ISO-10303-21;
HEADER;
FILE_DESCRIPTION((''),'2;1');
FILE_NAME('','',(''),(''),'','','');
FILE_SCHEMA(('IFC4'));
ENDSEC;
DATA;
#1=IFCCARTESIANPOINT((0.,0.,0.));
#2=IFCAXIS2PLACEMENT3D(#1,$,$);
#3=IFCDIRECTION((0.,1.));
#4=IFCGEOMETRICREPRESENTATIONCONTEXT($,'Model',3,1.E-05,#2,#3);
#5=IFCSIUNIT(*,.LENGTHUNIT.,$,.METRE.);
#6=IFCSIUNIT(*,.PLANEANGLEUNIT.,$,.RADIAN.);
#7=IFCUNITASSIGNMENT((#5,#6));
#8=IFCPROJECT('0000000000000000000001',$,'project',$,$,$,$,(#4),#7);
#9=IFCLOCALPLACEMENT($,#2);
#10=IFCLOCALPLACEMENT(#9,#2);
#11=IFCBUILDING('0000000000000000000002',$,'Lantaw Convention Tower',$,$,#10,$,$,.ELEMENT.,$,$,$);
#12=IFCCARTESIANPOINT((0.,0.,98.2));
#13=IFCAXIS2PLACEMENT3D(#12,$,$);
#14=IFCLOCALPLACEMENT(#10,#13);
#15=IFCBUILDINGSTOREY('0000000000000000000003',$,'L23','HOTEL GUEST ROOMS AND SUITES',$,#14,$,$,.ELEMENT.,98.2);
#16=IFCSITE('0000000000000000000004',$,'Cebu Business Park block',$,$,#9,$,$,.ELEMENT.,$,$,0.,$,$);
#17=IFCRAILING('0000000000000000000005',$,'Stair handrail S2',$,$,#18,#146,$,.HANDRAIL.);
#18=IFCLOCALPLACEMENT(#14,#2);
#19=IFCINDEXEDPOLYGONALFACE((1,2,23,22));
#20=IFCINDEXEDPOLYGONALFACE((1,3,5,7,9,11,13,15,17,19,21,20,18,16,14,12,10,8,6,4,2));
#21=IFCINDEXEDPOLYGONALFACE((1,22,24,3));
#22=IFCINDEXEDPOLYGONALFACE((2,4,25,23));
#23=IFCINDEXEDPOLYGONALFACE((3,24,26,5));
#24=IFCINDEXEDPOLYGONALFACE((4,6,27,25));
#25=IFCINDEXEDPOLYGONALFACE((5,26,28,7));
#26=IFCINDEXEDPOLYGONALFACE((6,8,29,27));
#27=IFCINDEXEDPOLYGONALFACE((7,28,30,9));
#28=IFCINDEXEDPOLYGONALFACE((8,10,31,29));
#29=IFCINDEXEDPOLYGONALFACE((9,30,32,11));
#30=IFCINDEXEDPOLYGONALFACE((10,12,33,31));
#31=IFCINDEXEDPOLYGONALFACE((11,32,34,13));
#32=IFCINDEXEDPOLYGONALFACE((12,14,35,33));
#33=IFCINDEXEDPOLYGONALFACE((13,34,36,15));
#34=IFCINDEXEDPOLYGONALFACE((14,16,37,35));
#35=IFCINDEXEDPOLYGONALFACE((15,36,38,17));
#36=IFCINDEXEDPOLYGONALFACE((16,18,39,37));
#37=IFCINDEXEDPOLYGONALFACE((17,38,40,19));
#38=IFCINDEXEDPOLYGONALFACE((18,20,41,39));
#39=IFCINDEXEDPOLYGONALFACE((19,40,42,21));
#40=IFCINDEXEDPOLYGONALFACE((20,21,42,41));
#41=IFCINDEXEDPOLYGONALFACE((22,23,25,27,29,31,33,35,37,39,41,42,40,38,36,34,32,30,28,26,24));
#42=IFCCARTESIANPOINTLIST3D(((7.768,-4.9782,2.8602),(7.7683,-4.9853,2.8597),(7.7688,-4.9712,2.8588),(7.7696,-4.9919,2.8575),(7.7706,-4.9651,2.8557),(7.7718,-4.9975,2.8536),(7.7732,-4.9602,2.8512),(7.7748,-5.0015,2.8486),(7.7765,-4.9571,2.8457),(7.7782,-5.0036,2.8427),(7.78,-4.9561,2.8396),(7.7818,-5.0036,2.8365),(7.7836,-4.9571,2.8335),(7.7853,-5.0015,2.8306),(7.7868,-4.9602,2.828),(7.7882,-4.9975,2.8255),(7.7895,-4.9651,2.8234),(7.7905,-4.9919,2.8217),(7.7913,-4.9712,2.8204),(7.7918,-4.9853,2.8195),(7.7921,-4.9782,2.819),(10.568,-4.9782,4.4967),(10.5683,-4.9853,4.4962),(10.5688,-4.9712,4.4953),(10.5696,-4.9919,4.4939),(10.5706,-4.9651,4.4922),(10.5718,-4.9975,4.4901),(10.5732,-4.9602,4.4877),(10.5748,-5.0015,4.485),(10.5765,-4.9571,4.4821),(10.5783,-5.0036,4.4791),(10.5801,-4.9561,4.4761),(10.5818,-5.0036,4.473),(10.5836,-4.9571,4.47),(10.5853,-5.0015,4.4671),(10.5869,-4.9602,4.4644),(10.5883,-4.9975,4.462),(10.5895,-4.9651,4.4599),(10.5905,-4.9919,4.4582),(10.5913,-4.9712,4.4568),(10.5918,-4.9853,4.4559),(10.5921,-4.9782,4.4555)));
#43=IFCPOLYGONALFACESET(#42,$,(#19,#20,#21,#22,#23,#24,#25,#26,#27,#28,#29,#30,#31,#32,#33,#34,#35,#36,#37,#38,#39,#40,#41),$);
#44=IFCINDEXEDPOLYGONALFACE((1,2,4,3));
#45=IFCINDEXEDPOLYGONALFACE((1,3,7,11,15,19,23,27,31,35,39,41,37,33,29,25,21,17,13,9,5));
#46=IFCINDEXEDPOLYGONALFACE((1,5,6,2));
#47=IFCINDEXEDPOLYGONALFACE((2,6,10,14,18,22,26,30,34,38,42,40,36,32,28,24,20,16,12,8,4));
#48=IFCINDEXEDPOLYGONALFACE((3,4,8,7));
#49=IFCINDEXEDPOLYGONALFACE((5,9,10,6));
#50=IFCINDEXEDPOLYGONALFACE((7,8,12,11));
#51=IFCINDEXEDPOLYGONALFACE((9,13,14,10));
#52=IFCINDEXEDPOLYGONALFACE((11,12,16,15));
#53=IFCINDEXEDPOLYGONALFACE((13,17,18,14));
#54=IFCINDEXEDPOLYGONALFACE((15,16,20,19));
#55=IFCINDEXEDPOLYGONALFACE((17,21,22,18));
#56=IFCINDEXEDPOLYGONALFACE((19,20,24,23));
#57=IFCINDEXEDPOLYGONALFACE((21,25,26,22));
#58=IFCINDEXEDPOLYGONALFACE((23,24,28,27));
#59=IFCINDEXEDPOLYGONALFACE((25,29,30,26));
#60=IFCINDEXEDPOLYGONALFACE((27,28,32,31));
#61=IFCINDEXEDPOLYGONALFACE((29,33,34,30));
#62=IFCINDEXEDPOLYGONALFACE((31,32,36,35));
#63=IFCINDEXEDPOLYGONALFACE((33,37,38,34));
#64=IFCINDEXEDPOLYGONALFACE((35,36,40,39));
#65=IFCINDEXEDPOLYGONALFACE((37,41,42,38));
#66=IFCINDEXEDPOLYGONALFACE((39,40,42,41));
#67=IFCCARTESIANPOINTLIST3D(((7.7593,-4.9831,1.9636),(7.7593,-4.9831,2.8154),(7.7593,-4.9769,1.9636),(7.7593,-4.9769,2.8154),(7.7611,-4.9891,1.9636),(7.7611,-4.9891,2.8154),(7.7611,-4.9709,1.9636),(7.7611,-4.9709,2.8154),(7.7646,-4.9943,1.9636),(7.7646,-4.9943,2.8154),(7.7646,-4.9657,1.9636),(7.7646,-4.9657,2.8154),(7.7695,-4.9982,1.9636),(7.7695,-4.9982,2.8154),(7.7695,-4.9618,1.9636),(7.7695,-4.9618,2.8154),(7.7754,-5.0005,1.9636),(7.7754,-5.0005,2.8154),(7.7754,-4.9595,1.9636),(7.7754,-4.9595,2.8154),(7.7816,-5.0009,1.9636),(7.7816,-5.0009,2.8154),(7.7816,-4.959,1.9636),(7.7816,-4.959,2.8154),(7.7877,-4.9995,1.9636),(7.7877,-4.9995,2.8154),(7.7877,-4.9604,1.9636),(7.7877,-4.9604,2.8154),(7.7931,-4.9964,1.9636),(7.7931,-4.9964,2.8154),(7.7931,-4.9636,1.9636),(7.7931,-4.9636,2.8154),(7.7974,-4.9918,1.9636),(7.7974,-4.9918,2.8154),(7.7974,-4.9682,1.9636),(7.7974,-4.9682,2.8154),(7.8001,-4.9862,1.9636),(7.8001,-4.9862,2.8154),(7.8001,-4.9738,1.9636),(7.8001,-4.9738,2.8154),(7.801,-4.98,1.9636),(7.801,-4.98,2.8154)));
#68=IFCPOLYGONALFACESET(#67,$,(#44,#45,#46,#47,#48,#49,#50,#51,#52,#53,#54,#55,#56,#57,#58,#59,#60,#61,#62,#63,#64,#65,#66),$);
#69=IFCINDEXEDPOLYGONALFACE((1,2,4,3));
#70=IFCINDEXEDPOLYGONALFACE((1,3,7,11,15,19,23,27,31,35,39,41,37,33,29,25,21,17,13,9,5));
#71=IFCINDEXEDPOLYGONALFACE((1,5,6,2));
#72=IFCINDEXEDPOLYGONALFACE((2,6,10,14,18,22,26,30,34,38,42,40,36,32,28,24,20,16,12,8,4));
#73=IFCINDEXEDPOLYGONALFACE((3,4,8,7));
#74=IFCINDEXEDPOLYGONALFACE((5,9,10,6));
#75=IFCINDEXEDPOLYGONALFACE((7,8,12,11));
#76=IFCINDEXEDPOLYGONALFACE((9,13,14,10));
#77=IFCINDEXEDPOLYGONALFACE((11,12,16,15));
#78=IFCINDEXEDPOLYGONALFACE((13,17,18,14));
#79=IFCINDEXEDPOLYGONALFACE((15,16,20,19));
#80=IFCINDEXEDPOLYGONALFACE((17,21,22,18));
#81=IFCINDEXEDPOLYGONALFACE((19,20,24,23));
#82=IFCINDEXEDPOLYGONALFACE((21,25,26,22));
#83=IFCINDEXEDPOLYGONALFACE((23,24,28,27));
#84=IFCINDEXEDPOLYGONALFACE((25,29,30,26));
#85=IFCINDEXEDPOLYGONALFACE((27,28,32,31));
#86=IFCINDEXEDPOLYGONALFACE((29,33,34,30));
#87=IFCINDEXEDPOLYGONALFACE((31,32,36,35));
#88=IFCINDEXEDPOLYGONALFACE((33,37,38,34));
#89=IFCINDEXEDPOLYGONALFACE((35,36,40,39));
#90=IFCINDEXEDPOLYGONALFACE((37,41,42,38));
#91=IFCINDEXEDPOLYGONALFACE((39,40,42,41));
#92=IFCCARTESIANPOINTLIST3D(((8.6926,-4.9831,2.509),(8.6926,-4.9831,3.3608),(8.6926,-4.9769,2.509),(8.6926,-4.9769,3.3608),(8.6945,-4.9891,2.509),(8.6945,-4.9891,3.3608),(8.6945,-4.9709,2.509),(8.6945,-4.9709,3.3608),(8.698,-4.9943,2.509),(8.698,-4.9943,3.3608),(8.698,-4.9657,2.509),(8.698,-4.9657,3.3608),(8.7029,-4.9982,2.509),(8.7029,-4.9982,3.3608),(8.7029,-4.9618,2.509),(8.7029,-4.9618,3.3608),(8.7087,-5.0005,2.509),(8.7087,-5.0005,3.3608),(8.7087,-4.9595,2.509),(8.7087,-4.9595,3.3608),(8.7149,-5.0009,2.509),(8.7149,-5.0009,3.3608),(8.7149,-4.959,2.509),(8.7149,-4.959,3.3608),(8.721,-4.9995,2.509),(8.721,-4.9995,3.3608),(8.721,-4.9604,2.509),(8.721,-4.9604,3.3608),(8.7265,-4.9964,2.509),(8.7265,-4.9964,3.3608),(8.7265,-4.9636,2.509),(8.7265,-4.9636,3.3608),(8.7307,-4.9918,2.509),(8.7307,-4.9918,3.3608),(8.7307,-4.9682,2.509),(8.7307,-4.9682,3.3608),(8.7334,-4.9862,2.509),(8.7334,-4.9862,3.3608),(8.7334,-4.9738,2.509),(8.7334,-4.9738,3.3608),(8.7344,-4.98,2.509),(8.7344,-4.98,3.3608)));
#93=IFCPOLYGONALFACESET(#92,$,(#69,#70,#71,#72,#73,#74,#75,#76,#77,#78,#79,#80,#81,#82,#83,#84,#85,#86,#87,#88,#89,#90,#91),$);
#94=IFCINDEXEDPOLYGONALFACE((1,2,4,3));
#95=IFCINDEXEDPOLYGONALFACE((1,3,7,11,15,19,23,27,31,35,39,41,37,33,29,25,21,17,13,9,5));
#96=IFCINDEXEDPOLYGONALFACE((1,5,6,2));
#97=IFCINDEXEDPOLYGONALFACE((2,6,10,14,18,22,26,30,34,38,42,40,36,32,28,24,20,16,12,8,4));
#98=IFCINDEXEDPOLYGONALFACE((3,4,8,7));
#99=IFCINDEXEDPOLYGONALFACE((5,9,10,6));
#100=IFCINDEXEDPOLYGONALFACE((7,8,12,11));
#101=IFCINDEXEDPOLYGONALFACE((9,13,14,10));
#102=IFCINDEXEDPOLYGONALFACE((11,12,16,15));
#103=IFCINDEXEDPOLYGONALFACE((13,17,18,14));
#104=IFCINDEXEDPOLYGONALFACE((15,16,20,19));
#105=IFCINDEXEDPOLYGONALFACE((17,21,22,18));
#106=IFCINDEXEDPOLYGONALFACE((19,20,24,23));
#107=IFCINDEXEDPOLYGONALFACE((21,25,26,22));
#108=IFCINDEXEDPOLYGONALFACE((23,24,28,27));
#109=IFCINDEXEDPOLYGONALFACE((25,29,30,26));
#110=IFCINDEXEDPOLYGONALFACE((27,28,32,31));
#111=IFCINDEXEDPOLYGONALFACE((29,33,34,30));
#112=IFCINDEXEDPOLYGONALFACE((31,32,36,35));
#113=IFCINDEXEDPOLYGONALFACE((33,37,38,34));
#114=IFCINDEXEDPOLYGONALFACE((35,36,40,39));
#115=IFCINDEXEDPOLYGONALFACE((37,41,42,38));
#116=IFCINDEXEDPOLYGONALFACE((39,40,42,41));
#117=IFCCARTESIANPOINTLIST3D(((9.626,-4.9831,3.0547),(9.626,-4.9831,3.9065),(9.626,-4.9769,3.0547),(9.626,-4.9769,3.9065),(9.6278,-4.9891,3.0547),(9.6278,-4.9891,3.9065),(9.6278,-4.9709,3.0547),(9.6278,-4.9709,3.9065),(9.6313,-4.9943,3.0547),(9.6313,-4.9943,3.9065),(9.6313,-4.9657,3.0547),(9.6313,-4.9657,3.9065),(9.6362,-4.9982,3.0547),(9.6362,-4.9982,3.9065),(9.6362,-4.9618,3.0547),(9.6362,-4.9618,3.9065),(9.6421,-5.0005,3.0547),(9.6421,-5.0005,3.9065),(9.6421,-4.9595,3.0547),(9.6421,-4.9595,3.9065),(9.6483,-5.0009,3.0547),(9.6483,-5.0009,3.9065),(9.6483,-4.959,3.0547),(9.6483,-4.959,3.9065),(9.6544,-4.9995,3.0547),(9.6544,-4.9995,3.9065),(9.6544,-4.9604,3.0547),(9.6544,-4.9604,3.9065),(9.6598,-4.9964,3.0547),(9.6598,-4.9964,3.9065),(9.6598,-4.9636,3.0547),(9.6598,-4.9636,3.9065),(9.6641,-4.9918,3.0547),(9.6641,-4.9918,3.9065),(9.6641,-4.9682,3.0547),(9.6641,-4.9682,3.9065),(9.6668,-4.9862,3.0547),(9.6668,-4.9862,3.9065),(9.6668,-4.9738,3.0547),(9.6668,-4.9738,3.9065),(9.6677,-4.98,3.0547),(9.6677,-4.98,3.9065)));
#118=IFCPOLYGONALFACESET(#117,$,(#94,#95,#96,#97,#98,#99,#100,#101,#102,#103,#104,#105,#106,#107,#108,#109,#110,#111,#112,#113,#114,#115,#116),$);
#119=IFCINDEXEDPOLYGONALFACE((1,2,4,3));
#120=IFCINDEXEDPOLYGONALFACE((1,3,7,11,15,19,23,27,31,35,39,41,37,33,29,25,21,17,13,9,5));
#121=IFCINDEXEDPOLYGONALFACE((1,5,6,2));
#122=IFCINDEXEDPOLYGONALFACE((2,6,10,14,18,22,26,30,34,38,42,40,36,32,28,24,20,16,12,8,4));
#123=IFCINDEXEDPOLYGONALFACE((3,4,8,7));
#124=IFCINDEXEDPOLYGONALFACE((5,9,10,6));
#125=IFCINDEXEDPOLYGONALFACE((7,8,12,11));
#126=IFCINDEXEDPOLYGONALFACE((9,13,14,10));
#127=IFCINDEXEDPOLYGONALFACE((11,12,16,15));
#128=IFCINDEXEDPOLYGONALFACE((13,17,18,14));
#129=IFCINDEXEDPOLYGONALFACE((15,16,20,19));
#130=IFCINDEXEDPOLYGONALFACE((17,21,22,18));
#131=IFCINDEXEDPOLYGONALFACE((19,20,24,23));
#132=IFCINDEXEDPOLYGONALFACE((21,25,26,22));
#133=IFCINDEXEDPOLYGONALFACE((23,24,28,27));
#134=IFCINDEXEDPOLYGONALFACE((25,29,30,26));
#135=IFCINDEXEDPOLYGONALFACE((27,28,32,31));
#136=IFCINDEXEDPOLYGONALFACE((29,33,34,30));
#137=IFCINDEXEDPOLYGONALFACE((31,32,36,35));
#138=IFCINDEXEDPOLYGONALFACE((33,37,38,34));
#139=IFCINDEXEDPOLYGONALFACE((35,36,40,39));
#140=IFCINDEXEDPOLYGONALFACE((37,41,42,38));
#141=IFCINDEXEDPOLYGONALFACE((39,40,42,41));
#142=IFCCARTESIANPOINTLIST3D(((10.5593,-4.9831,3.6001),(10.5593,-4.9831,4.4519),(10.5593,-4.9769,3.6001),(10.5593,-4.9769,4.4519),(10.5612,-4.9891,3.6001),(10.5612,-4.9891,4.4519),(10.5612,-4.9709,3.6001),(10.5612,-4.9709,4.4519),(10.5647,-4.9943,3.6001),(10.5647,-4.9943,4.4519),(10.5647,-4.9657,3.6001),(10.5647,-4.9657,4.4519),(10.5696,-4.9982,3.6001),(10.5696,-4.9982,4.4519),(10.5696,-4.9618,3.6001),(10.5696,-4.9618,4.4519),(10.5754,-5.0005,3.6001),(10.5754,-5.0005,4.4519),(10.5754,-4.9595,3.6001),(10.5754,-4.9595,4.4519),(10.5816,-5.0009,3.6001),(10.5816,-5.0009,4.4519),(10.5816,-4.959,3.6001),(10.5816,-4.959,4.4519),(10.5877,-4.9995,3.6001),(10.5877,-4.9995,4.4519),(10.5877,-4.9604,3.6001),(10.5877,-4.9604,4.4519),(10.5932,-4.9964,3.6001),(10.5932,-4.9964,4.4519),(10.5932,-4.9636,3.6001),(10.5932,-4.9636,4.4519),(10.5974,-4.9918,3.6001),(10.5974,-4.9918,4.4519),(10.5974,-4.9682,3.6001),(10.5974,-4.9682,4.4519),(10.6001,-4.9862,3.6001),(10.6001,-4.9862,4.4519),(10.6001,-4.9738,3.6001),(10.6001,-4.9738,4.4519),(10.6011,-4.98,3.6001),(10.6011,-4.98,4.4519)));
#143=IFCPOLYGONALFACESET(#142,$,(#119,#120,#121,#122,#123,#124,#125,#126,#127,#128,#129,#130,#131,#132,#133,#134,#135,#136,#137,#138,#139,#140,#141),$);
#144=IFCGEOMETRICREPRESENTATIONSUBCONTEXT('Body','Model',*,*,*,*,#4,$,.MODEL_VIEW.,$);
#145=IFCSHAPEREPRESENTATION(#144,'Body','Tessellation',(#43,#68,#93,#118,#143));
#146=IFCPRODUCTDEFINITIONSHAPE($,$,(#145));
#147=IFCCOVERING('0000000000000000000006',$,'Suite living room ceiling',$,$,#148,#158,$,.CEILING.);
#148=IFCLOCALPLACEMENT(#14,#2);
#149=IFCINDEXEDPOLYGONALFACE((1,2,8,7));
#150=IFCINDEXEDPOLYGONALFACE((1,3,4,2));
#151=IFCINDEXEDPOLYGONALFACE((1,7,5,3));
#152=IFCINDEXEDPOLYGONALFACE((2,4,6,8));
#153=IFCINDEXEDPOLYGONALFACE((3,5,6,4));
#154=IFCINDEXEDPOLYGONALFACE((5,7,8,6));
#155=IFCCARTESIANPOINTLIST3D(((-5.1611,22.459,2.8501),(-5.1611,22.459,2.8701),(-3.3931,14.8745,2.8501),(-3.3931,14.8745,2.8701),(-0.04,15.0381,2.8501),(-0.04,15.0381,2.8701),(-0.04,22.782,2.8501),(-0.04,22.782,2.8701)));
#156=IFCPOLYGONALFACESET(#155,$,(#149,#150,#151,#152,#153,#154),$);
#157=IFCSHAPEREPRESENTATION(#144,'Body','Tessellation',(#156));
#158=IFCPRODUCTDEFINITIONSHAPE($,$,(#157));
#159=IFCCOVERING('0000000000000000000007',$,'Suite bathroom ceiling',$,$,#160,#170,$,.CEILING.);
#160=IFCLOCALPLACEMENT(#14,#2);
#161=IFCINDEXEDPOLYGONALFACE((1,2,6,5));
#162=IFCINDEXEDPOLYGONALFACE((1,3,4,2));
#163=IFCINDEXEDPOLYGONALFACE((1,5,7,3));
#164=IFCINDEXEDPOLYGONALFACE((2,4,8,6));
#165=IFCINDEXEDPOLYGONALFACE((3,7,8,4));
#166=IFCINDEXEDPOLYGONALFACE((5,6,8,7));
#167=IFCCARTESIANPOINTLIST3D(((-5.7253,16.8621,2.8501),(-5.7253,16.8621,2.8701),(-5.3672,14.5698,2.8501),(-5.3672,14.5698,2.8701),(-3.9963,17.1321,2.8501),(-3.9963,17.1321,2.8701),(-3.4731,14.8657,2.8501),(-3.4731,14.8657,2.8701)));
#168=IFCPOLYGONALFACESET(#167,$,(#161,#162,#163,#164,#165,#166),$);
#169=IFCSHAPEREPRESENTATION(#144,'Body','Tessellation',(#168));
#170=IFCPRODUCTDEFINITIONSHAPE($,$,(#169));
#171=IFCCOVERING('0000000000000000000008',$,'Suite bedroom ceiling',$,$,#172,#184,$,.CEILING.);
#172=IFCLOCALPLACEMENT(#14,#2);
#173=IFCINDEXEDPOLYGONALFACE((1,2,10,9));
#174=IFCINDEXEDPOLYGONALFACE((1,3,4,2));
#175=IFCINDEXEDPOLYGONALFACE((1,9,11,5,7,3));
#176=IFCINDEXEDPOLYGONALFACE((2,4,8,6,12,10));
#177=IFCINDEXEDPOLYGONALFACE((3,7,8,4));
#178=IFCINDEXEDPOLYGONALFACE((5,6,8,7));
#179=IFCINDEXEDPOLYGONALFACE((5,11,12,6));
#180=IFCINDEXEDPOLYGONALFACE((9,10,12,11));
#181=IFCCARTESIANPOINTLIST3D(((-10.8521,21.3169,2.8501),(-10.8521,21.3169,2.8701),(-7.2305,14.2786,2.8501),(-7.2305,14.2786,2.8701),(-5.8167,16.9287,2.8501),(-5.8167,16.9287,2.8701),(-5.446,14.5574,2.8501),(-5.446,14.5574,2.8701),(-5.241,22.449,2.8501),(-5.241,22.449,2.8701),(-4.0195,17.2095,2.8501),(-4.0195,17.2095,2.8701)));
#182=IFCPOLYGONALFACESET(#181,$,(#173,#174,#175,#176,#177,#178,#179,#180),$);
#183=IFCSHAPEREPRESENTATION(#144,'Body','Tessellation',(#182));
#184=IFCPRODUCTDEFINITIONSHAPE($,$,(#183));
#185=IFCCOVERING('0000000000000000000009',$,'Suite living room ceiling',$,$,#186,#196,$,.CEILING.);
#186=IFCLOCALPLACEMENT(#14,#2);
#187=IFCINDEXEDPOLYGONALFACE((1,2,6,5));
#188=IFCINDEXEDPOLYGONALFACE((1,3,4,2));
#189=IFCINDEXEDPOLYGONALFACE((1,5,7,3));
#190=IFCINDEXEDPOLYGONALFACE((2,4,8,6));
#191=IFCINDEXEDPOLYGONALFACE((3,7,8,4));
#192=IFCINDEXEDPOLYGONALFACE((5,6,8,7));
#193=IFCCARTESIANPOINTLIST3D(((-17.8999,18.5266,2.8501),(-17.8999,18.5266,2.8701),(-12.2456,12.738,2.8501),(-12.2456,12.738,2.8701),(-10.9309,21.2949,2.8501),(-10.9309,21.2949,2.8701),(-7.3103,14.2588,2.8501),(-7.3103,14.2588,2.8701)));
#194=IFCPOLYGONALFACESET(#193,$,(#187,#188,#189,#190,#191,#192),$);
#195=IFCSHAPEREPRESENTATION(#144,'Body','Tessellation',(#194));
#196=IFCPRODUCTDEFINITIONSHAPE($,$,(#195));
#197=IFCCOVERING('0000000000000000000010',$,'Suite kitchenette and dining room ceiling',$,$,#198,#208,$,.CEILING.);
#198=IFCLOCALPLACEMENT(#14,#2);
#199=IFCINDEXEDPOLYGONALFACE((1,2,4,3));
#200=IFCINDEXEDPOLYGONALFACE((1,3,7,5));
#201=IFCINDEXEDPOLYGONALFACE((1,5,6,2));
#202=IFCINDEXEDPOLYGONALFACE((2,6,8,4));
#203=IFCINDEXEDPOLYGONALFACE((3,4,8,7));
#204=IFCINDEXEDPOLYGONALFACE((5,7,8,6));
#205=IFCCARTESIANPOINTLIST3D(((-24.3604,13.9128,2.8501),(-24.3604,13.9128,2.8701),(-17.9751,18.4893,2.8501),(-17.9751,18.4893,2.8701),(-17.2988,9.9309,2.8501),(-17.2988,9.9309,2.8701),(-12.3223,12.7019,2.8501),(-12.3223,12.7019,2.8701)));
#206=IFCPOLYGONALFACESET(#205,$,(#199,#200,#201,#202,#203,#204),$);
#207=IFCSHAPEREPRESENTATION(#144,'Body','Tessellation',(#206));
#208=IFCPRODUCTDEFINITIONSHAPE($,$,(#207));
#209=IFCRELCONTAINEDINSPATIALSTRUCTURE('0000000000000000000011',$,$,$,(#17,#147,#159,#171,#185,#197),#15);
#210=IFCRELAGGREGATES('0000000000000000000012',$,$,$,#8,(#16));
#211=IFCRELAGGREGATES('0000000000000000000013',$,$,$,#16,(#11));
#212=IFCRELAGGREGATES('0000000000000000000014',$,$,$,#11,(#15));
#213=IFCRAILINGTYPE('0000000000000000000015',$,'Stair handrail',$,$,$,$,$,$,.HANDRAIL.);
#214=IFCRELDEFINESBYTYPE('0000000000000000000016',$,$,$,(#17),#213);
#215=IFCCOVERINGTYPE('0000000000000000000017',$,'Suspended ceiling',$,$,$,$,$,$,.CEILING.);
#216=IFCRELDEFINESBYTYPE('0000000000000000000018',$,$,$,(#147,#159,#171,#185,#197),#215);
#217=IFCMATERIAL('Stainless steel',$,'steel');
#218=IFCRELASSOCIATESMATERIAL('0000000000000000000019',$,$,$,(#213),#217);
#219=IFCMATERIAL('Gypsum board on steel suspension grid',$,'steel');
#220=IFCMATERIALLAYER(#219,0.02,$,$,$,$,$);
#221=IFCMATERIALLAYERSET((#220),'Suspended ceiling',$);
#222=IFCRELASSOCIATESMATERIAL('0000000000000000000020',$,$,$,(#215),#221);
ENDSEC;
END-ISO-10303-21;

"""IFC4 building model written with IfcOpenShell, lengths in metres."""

from ifc_helpers import new_model, si_unit, direction, frame, origin, origin_2d, place, context, subcontext, project, spatial, polyline, circle, outline, extrude, material, layer, layer_set, type_object, element, save


model = new_model("IFC4")

# Units and contexts
model_context = context("Model", 3, precision=1e-05, world=origin(), true_north=direction((0.0, 1.0)))
body_context = subcontext(model_context, "Body", "Model", "MODEL_VIEW")
ifc_project = project(units=[si_unit("LENGTHUNIT", "METRE"), si_unit("PLANEANGLEUNIT", "RADIAN")], contexts=[model_context])

# Site, building, storey
site_placement = place(None, origin())
site = spatial("IfcSite", under=ifc_project, at=site_placement, Name="Cebu Business Park block", CompositionType="ELEMENT", RefElevation=0.0)
building_placement = place(site_placement, origin())
building = spatial("IfcBuilding", under=site, at=building_placement, Name="Lantaw Convention Tower", CompositionType="ELEMENT")
storey_placement = place(building_placement, frame((0.0, 0.0, 98.2)))
storey = spatial("IfcBuildingStorey", under=building, at=storey_placement, Name="L23", Description="HOTEL GUEST ROOMS AND SUITES", CompositionType="ELEMENT", Elevation=98.2)

# Railing
ifc_material_1 = material(Name="Stainless steel", Category="steel")
railing_type = type_object("IfcRailingType", Name="Stair handrail", PredefinedType="HANDRAIL", material=ifc_material_1)
railing_1_placement = place(storey_placement, frame((7.78, -4.98, 1.9636)))
element("IfcRailing", 1, at=railing_1_placement, inside=storey, type_object=railing_type, Name="Stair handrail S2", PredefinedType="HANDRAIL", context=body_context, shape_type="SweptSolid", body=[
    extrude(circle(Radius=0.0239, at=origin_2d()), frame((0.0, 0.0, 0.876), z_axis=(0.863361, 0.0, 0.504587), x_axis=(0.0, 1.0, 0.0)), (0.0, 0.0, 1.0), 3.2432),
    extrude(circle(Radius=0.021, at=origin_2d()), origin(), (0.0, 0.0, 1.0), 0.8518),
    extrude(circle(Radius=0.021, at=origin_2d()), frame((0.9333, 0.0, 0.5454)), (0.0, 0.0, 1.0), 0.8518),
    extrude(circle(Radius=0.021, at=origin_2d()), frame((1.8667, 0.0, 1.0911)), (0.0, 0.0, 1.0), 0.8518),
    extrude(circle(Radius=0.021, at=origin_2d()), frame((2.8, 0.0, 1.6365)), (0.0, 0.0, 1.0), 0.8518),
])

# Coverings
ifc_material_2 = material(Name="Gypsum board on steel suspension grid", Category="steel")
ifc_layer_1 = layer(ifc_material_2, 0.02)
ifc_layer_set_1 = layer_set([ifc_layer_1], Name="Suspended ceiling")
covering_type = type_object("IfcCoveringType", Name="Suspended ceiling", PredefinedType="CEILING", material=ifc_layer_set_1)
covering_1_placement = place(storey_placement, frame((0.0, 0.0, 2.8501)))
element("IfcCovering", 2, at=covering_1_placement, inside=storey, type_object=covering_type, Name="Suite living room ceiling", PredefinedType="CEILING", context=body_context, shape_type="SweptSolid", body=[
    extrude(outline(polyline([(-0.04, 15.0381), (-0.04, 22.782), (-5.1611, 22.459), (-3.3931, 14.8745), (-0.04, 15.0381)])), origin(), (0.0, 0.0, 1.0), 0.02),
])
covering_2_placement = place(storey_placement, frame((0.0, 0.0, 2.8501)))
element("IfcCovering", 3, at=covering_2_placement, inside=storey, type_object=covering_type, Name="Suite bathroom ceiling", PredefinedType="CEILING", context=body_context, shape_type="SweptSolid", body=[
    extrude(outline(polyline([(-3.4731, 14.8657), (-3.9963, 17.1321), (-5.7253, 16.8621), (-5.3672, 14.5698), (-3.4731, 14.8657)])), origin(), (0.0, 0.0, 1.0), 0.02),
])
covering_3_placement = place(storey_placement, frame((0.0, 0.0, 2.8501)))
element("IfcCovering", 4, at=covering_3_placement, inside=storey, type_object=covering_type, Name="Suite bedroom ceiling", PredefinedType="CEILING", context=body_context, shape_type="SweptSolid", body=[
    extrude(outline(polyline([(-7.2305, 14.2786), (-5.446, 14.5574), (-5.8167, 16.9287), (-4.0195, 17.2095), (-5.241, 22.449), (-10.8521, 21.3169), (-7.2305, 14.2786)])), origin(), (0.0, 0.0, 1.0), 0.02),
])
covering_4_placement = place(storey_placement, frame((0.0, 0.0, 2.8501)))
element("IfcCovering", 5, at=covering_4_placement, inside=storey, type_object=covering_type, Name="Suite living room ceiling", PredefinedType="CEILING", context=body_context, shape_type="SweptSolid", body=[
    extrude(outline(polyline([(-7.3103, 14.2588), (-10.9309, 21.2949), (-17.8999, 18.5266), (-12.2456, 12.738), (-7.3103, 14.2588)])), origin(), (0.0, 0.0, 1.0), 0.02),
])
covering_5_placement = place(storey_placement, frame((0.0, 0.0, 2.8501)))
element("IfcCovering", 6, at=covering_5_placement, inside=storey, type_object=covering_type, Name="Suite kitchenette and dining room ceiling", PredefinedType="CEILING", context=body_context, shape_type="SweptSolid", body=[
    extrude(outline(polyline([(-12.3223, 12.7019), (-17.9751, 18.4893), (-24.3604, 13.9128), (-17.2988, 9.9309), (-12.3223, 12.7019)])), origin(), (0.0, 0.0, 1.0), 0.02),
])

save(model, "model.ifc")
